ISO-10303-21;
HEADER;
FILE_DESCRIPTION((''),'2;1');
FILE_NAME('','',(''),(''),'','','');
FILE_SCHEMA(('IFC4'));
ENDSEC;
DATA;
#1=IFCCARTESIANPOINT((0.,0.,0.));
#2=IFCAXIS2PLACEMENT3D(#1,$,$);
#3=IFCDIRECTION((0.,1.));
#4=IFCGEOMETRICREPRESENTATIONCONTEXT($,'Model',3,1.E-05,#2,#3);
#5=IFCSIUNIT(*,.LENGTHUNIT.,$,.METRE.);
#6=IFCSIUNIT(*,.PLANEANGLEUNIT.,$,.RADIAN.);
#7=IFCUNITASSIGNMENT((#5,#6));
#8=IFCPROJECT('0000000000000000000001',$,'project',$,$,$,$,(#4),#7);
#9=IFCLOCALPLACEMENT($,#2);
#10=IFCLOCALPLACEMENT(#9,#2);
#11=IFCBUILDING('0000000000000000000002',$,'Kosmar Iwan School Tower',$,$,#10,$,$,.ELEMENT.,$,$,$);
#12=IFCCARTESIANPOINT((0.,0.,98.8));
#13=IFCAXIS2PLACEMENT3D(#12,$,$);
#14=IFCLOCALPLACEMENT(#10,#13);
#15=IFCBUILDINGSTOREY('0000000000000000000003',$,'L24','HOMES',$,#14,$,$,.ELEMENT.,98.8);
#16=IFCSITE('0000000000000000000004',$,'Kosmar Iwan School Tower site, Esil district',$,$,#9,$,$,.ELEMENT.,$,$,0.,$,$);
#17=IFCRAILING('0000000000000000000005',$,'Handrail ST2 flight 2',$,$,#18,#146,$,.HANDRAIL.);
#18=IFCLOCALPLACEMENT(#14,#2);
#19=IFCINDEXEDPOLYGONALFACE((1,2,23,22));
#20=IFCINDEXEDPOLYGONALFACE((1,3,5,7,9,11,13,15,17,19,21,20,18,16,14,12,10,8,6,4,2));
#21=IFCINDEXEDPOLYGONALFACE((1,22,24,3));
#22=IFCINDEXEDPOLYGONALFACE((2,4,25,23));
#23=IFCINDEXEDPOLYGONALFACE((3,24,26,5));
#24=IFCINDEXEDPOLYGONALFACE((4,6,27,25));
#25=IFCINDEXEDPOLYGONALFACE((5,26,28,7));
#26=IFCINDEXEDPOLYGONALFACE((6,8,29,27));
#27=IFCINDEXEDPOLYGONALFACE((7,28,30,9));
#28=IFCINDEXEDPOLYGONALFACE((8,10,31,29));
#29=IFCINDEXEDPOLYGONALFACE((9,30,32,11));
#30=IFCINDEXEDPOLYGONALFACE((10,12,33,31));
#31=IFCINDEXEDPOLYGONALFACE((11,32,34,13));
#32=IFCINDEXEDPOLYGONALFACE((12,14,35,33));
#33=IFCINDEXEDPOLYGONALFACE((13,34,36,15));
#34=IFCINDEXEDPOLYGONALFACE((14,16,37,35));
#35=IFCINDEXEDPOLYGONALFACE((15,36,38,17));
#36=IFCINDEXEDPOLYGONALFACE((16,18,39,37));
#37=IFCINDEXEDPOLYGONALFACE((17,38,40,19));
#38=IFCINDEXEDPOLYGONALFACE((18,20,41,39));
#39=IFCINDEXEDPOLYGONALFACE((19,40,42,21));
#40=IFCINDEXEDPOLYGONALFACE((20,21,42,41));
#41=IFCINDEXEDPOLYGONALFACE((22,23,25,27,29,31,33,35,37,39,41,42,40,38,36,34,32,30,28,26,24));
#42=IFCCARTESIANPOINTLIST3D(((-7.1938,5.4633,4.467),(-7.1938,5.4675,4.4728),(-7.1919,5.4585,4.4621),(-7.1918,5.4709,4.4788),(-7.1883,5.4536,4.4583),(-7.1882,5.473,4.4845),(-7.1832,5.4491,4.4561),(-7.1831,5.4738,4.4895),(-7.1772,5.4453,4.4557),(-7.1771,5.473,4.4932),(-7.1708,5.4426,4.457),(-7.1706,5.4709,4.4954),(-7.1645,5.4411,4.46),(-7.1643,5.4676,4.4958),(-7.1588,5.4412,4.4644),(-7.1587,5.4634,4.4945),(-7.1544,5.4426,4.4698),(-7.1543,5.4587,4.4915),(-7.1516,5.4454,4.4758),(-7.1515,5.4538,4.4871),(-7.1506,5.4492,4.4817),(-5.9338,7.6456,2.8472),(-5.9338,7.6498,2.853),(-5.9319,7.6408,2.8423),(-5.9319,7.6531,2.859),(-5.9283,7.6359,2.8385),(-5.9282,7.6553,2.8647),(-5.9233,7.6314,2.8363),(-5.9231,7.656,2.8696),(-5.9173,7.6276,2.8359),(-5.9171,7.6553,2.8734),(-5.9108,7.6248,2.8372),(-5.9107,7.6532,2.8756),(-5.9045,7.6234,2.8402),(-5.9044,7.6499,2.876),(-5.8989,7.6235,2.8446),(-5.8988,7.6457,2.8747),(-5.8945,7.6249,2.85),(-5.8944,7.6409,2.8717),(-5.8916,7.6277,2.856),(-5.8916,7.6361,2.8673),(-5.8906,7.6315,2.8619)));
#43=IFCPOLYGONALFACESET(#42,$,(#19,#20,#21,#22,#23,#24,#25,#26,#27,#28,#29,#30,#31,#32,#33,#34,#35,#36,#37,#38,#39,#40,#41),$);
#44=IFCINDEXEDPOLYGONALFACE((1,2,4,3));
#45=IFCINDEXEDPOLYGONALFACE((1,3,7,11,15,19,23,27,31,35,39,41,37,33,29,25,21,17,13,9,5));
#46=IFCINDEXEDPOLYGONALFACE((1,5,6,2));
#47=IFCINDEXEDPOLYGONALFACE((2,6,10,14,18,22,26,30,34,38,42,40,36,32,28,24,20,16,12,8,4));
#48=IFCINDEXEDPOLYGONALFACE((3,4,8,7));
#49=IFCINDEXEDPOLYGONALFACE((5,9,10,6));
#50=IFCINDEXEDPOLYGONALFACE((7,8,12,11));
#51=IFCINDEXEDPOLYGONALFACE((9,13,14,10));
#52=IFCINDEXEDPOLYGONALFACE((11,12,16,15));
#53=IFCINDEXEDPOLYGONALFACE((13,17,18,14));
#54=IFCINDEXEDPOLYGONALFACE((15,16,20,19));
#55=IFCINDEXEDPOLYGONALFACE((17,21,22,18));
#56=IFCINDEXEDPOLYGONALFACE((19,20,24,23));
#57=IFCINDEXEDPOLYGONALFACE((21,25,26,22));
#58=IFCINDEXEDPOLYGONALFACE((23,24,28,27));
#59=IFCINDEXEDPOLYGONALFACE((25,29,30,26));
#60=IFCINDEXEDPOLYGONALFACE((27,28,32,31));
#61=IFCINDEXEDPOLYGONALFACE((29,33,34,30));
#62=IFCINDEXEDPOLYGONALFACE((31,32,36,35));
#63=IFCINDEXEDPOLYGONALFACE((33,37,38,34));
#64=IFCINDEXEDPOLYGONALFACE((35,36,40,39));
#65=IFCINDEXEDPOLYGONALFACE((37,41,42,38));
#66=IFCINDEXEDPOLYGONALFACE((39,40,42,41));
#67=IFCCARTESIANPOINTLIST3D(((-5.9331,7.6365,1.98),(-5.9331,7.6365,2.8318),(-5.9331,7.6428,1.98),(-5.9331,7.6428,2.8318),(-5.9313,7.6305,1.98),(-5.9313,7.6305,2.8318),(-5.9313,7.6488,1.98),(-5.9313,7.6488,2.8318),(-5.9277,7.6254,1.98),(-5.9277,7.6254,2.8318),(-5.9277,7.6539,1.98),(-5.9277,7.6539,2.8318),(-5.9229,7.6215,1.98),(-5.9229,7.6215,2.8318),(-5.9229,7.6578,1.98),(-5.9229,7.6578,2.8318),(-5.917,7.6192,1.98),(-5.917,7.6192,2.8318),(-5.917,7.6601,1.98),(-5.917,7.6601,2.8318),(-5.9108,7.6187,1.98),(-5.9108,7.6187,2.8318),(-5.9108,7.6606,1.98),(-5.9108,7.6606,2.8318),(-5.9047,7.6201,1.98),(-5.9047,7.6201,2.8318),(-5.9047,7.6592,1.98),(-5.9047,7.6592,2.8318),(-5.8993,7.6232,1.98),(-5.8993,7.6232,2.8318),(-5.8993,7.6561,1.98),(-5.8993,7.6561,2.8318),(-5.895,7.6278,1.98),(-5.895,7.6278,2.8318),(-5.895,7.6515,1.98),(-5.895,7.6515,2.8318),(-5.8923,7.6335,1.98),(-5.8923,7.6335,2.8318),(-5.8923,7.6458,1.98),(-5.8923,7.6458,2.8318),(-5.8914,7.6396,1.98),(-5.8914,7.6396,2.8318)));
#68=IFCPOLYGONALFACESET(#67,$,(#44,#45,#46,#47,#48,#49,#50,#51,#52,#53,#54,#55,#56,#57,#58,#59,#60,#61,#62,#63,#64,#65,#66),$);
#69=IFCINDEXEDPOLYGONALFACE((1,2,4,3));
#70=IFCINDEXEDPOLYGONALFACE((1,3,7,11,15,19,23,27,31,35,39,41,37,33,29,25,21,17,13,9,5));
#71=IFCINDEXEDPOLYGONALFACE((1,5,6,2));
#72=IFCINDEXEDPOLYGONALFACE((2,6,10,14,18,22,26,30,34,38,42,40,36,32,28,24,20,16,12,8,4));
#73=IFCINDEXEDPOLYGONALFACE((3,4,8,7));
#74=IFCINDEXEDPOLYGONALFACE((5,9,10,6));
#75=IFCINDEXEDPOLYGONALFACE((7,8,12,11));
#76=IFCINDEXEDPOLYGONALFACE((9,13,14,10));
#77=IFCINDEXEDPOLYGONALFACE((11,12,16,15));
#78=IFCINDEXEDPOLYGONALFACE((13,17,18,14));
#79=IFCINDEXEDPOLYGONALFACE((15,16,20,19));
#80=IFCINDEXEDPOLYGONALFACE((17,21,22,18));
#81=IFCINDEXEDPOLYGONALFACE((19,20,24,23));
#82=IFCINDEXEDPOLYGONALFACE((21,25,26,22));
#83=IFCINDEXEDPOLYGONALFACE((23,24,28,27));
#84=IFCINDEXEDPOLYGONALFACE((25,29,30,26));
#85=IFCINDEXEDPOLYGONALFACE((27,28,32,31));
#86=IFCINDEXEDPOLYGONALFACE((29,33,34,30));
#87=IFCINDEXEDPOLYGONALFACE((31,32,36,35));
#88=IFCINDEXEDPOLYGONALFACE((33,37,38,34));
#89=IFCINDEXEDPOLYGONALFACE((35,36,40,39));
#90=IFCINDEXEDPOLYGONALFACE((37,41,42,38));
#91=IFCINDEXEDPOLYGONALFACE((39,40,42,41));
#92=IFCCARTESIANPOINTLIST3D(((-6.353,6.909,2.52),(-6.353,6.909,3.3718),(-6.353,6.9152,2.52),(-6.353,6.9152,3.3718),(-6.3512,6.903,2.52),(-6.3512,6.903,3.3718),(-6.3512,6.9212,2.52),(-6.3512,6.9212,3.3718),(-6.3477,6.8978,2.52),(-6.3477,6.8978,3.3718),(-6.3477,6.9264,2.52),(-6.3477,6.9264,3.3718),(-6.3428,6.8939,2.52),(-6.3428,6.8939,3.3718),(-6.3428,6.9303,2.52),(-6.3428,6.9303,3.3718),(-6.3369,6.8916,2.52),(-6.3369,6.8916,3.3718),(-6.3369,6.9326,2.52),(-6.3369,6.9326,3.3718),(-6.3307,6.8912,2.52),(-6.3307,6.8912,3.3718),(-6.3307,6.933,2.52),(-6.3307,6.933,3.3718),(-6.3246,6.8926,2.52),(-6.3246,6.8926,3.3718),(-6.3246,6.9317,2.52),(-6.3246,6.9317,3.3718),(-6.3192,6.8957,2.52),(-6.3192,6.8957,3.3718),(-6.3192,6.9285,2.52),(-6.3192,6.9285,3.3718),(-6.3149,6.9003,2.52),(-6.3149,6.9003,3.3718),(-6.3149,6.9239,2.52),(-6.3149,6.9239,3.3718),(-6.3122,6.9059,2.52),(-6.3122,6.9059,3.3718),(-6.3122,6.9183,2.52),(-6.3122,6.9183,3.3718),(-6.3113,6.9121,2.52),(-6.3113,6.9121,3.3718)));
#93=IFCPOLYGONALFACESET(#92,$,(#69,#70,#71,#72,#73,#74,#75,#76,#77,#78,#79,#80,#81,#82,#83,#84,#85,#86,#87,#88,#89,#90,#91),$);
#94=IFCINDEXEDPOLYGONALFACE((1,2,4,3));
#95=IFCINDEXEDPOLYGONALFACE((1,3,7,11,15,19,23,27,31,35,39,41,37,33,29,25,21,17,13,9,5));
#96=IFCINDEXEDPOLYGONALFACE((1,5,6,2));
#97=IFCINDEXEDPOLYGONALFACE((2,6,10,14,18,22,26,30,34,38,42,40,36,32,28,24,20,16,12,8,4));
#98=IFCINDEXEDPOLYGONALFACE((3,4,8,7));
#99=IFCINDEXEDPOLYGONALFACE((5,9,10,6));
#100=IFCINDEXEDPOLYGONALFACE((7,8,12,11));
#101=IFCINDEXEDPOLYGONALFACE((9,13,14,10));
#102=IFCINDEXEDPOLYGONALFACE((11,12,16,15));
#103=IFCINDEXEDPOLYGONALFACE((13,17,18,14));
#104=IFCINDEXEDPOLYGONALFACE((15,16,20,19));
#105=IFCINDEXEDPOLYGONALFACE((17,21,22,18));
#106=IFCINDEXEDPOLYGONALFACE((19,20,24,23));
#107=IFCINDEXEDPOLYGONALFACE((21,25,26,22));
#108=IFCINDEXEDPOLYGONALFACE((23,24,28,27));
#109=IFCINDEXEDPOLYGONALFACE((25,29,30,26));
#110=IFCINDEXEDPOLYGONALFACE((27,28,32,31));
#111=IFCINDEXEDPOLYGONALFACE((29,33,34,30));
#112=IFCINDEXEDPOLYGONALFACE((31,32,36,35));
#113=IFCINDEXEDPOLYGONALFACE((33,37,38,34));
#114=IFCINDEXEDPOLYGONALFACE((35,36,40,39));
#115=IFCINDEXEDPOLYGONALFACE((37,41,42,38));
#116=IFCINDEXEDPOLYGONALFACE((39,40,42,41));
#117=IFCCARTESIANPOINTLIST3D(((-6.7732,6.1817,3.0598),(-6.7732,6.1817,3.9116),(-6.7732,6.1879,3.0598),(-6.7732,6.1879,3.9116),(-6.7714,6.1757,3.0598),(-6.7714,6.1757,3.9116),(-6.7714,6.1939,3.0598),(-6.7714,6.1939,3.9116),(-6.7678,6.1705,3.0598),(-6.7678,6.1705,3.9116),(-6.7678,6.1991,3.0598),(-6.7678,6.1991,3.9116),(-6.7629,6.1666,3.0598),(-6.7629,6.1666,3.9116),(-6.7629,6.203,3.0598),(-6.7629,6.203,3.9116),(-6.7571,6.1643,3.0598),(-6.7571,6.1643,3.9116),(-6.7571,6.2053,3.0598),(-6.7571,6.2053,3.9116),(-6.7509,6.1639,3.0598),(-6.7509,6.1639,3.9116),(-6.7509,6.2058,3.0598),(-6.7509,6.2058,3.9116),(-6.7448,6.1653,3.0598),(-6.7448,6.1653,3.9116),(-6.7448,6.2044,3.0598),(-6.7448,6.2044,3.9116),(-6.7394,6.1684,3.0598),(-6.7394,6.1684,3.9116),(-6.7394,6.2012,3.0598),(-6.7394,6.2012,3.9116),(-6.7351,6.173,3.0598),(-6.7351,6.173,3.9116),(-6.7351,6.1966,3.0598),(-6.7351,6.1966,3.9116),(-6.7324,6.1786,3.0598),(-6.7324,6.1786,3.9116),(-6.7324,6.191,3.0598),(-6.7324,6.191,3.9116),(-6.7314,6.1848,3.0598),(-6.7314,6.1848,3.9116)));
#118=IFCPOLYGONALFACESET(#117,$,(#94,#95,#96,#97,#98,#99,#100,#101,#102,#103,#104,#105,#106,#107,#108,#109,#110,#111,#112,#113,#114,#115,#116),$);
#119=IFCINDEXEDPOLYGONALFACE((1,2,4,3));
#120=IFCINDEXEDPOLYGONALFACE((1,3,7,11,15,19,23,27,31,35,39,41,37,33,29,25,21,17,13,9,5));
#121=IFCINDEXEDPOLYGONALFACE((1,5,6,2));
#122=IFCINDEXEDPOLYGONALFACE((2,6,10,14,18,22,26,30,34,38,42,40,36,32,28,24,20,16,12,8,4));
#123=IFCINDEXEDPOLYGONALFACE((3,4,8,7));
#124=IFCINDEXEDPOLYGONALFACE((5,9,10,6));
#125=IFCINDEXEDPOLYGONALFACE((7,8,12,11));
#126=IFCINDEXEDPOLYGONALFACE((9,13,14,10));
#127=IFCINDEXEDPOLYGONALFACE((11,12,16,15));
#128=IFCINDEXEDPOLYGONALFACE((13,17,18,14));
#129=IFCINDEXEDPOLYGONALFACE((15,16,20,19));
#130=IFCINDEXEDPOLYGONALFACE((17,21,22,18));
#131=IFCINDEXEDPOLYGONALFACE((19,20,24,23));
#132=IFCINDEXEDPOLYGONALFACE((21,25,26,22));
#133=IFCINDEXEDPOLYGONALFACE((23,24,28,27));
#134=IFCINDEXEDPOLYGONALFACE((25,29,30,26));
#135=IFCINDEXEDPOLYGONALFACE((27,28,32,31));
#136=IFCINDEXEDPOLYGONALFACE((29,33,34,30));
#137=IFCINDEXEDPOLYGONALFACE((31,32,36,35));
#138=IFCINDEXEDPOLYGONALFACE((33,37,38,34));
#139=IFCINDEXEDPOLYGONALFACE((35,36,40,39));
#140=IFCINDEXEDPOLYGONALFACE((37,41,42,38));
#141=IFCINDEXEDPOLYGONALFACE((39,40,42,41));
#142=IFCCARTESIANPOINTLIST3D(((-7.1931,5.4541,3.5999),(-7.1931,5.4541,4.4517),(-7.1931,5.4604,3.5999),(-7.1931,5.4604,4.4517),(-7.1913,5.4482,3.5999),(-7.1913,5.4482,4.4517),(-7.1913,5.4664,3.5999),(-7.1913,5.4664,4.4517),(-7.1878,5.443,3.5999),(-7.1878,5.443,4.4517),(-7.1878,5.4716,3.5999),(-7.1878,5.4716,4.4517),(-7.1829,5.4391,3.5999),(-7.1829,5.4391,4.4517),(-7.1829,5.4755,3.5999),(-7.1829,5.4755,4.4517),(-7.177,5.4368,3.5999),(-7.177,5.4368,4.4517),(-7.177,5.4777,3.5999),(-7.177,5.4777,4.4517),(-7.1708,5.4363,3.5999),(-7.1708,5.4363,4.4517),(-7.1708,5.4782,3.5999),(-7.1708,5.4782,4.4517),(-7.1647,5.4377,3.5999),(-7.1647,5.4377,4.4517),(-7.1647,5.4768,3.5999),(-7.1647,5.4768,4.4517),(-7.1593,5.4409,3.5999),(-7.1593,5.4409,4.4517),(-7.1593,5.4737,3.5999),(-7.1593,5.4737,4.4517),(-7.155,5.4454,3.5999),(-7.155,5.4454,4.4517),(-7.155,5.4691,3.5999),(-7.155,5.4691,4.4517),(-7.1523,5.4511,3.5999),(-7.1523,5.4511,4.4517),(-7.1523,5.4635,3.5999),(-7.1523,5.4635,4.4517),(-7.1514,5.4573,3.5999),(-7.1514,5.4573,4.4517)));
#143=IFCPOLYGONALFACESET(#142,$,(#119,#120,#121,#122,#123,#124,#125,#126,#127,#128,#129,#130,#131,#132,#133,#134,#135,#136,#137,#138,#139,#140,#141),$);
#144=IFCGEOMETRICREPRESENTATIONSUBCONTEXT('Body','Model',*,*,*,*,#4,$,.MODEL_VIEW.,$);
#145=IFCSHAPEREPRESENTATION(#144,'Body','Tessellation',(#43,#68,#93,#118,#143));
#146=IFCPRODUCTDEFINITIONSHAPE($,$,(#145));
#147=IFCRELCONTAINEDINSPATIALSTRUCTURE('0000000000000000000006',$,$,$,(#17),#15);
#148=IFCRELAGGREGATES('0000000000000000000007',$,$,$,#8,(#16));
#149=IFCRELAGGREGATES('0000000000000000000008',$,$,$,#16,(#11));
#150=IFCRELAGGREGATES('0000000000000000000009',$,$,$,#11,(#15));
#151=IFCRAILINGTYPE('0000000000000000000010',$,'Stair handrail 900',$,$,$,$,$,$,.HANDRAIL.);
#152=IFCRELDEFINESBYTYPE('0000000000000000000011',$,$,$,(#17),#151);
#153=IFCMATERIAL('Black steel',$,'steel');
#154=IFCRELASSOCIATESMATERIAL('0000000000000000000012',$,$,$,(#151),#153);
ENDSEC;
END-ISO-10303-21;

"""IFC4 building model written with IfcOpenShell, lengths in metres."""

from ifc_helpers import new_model, si_unit, direction, frame, origin, origin_2d, place, context, subcontext, project, spatial, circle, extrude, material, type_object, element, save


model = new_model("IFC4")

# Units and contexts
model_context = context("Model", 3, precision=1e-05, world=origin(), true_north=direction((0.0, 1.0)))
body_context = subcontext(model_context, "Body", "Model", "MODEL_VIEW")
ifc_project = project(units=[si_unit("LENGTHUNIT", "METRE"), si_unit("PLANEANGLEUNIT", "RADIAN")], contexts=[model_context])

# Site, building, storey
site_placement = place(None, origin())
site = spatial("IfcSite", under=ifc_project, at=site_placement, Name="Kosmar Iwan School Tower site, Esil district", CompositionType="ELEMENT", RefElevation=0.0)
building_placement = place(site_placement, origin())
building = spatial("IfcBuilding", under=site, at=building_placement, Name="Kosmar Iwan School Tower", CompositionType="ELEMENT")
storey_placement = place(building_placement, frame((0.0, 0.0, 98.8)))
storey = spatial("IfcBuildingStorey", under=building, at=storey_placement, Name="L24", Description="HOMES", CompositionType="ELEMENT", Elevation=98.8)

# Railing
ifc_material_1 = material(Name="Black steel", Category="steel")
railing_type = type_object("IfcRailingType", Name="Stair handrail 900", PredefinedType="HANDRAIL", material=ifc_material_1)
railing_1_placement = place(storey_placement, frame((-5.9124, 7.6396, 1.98)))
element("IfcRailing", 1, at=railing_1_placement, inside=storey, type_object=railing_type, Name="Handrail ST2 flight 2", PredefinedType="HANDRAIL", context=body_context, shape_type="SweptSolid", body=[
    extrude(circle(Radius=0.0239, at=origin_2d()), frame((0.0, 0.0, 0.876), z_axis=(-0.420603, -0.728496, 0.540728), x_axis=(0.866023, -0.500005, 0.0)), (0.0, 0.0, 1.0), 2.9956),
    extrude(circle(Radius=0.021, at=origin_2d()), origin(), (0.0, 0.0, 1.0), 0.8518),
    extrude(circle(Radius=0.021, at=origin_2d()), frame((-0.4199, -0.7275, 0.54)), (0.0, 0.0, 1.0), 0.8518),
    extrude(circle(Radius=0.021, at=origin_2d()), frame((-0.8401, -1.4548, 1.0798)), (0.0, 0.0, 1.0), 0.8518),
    extrude(circle(Radius=0.021, at=origin_2d()), frame((-1.26, -2.1824, 1.6199)), (0.0, 0.0, 1.0), 0.8518),
])

save(model, "model.ifc")
